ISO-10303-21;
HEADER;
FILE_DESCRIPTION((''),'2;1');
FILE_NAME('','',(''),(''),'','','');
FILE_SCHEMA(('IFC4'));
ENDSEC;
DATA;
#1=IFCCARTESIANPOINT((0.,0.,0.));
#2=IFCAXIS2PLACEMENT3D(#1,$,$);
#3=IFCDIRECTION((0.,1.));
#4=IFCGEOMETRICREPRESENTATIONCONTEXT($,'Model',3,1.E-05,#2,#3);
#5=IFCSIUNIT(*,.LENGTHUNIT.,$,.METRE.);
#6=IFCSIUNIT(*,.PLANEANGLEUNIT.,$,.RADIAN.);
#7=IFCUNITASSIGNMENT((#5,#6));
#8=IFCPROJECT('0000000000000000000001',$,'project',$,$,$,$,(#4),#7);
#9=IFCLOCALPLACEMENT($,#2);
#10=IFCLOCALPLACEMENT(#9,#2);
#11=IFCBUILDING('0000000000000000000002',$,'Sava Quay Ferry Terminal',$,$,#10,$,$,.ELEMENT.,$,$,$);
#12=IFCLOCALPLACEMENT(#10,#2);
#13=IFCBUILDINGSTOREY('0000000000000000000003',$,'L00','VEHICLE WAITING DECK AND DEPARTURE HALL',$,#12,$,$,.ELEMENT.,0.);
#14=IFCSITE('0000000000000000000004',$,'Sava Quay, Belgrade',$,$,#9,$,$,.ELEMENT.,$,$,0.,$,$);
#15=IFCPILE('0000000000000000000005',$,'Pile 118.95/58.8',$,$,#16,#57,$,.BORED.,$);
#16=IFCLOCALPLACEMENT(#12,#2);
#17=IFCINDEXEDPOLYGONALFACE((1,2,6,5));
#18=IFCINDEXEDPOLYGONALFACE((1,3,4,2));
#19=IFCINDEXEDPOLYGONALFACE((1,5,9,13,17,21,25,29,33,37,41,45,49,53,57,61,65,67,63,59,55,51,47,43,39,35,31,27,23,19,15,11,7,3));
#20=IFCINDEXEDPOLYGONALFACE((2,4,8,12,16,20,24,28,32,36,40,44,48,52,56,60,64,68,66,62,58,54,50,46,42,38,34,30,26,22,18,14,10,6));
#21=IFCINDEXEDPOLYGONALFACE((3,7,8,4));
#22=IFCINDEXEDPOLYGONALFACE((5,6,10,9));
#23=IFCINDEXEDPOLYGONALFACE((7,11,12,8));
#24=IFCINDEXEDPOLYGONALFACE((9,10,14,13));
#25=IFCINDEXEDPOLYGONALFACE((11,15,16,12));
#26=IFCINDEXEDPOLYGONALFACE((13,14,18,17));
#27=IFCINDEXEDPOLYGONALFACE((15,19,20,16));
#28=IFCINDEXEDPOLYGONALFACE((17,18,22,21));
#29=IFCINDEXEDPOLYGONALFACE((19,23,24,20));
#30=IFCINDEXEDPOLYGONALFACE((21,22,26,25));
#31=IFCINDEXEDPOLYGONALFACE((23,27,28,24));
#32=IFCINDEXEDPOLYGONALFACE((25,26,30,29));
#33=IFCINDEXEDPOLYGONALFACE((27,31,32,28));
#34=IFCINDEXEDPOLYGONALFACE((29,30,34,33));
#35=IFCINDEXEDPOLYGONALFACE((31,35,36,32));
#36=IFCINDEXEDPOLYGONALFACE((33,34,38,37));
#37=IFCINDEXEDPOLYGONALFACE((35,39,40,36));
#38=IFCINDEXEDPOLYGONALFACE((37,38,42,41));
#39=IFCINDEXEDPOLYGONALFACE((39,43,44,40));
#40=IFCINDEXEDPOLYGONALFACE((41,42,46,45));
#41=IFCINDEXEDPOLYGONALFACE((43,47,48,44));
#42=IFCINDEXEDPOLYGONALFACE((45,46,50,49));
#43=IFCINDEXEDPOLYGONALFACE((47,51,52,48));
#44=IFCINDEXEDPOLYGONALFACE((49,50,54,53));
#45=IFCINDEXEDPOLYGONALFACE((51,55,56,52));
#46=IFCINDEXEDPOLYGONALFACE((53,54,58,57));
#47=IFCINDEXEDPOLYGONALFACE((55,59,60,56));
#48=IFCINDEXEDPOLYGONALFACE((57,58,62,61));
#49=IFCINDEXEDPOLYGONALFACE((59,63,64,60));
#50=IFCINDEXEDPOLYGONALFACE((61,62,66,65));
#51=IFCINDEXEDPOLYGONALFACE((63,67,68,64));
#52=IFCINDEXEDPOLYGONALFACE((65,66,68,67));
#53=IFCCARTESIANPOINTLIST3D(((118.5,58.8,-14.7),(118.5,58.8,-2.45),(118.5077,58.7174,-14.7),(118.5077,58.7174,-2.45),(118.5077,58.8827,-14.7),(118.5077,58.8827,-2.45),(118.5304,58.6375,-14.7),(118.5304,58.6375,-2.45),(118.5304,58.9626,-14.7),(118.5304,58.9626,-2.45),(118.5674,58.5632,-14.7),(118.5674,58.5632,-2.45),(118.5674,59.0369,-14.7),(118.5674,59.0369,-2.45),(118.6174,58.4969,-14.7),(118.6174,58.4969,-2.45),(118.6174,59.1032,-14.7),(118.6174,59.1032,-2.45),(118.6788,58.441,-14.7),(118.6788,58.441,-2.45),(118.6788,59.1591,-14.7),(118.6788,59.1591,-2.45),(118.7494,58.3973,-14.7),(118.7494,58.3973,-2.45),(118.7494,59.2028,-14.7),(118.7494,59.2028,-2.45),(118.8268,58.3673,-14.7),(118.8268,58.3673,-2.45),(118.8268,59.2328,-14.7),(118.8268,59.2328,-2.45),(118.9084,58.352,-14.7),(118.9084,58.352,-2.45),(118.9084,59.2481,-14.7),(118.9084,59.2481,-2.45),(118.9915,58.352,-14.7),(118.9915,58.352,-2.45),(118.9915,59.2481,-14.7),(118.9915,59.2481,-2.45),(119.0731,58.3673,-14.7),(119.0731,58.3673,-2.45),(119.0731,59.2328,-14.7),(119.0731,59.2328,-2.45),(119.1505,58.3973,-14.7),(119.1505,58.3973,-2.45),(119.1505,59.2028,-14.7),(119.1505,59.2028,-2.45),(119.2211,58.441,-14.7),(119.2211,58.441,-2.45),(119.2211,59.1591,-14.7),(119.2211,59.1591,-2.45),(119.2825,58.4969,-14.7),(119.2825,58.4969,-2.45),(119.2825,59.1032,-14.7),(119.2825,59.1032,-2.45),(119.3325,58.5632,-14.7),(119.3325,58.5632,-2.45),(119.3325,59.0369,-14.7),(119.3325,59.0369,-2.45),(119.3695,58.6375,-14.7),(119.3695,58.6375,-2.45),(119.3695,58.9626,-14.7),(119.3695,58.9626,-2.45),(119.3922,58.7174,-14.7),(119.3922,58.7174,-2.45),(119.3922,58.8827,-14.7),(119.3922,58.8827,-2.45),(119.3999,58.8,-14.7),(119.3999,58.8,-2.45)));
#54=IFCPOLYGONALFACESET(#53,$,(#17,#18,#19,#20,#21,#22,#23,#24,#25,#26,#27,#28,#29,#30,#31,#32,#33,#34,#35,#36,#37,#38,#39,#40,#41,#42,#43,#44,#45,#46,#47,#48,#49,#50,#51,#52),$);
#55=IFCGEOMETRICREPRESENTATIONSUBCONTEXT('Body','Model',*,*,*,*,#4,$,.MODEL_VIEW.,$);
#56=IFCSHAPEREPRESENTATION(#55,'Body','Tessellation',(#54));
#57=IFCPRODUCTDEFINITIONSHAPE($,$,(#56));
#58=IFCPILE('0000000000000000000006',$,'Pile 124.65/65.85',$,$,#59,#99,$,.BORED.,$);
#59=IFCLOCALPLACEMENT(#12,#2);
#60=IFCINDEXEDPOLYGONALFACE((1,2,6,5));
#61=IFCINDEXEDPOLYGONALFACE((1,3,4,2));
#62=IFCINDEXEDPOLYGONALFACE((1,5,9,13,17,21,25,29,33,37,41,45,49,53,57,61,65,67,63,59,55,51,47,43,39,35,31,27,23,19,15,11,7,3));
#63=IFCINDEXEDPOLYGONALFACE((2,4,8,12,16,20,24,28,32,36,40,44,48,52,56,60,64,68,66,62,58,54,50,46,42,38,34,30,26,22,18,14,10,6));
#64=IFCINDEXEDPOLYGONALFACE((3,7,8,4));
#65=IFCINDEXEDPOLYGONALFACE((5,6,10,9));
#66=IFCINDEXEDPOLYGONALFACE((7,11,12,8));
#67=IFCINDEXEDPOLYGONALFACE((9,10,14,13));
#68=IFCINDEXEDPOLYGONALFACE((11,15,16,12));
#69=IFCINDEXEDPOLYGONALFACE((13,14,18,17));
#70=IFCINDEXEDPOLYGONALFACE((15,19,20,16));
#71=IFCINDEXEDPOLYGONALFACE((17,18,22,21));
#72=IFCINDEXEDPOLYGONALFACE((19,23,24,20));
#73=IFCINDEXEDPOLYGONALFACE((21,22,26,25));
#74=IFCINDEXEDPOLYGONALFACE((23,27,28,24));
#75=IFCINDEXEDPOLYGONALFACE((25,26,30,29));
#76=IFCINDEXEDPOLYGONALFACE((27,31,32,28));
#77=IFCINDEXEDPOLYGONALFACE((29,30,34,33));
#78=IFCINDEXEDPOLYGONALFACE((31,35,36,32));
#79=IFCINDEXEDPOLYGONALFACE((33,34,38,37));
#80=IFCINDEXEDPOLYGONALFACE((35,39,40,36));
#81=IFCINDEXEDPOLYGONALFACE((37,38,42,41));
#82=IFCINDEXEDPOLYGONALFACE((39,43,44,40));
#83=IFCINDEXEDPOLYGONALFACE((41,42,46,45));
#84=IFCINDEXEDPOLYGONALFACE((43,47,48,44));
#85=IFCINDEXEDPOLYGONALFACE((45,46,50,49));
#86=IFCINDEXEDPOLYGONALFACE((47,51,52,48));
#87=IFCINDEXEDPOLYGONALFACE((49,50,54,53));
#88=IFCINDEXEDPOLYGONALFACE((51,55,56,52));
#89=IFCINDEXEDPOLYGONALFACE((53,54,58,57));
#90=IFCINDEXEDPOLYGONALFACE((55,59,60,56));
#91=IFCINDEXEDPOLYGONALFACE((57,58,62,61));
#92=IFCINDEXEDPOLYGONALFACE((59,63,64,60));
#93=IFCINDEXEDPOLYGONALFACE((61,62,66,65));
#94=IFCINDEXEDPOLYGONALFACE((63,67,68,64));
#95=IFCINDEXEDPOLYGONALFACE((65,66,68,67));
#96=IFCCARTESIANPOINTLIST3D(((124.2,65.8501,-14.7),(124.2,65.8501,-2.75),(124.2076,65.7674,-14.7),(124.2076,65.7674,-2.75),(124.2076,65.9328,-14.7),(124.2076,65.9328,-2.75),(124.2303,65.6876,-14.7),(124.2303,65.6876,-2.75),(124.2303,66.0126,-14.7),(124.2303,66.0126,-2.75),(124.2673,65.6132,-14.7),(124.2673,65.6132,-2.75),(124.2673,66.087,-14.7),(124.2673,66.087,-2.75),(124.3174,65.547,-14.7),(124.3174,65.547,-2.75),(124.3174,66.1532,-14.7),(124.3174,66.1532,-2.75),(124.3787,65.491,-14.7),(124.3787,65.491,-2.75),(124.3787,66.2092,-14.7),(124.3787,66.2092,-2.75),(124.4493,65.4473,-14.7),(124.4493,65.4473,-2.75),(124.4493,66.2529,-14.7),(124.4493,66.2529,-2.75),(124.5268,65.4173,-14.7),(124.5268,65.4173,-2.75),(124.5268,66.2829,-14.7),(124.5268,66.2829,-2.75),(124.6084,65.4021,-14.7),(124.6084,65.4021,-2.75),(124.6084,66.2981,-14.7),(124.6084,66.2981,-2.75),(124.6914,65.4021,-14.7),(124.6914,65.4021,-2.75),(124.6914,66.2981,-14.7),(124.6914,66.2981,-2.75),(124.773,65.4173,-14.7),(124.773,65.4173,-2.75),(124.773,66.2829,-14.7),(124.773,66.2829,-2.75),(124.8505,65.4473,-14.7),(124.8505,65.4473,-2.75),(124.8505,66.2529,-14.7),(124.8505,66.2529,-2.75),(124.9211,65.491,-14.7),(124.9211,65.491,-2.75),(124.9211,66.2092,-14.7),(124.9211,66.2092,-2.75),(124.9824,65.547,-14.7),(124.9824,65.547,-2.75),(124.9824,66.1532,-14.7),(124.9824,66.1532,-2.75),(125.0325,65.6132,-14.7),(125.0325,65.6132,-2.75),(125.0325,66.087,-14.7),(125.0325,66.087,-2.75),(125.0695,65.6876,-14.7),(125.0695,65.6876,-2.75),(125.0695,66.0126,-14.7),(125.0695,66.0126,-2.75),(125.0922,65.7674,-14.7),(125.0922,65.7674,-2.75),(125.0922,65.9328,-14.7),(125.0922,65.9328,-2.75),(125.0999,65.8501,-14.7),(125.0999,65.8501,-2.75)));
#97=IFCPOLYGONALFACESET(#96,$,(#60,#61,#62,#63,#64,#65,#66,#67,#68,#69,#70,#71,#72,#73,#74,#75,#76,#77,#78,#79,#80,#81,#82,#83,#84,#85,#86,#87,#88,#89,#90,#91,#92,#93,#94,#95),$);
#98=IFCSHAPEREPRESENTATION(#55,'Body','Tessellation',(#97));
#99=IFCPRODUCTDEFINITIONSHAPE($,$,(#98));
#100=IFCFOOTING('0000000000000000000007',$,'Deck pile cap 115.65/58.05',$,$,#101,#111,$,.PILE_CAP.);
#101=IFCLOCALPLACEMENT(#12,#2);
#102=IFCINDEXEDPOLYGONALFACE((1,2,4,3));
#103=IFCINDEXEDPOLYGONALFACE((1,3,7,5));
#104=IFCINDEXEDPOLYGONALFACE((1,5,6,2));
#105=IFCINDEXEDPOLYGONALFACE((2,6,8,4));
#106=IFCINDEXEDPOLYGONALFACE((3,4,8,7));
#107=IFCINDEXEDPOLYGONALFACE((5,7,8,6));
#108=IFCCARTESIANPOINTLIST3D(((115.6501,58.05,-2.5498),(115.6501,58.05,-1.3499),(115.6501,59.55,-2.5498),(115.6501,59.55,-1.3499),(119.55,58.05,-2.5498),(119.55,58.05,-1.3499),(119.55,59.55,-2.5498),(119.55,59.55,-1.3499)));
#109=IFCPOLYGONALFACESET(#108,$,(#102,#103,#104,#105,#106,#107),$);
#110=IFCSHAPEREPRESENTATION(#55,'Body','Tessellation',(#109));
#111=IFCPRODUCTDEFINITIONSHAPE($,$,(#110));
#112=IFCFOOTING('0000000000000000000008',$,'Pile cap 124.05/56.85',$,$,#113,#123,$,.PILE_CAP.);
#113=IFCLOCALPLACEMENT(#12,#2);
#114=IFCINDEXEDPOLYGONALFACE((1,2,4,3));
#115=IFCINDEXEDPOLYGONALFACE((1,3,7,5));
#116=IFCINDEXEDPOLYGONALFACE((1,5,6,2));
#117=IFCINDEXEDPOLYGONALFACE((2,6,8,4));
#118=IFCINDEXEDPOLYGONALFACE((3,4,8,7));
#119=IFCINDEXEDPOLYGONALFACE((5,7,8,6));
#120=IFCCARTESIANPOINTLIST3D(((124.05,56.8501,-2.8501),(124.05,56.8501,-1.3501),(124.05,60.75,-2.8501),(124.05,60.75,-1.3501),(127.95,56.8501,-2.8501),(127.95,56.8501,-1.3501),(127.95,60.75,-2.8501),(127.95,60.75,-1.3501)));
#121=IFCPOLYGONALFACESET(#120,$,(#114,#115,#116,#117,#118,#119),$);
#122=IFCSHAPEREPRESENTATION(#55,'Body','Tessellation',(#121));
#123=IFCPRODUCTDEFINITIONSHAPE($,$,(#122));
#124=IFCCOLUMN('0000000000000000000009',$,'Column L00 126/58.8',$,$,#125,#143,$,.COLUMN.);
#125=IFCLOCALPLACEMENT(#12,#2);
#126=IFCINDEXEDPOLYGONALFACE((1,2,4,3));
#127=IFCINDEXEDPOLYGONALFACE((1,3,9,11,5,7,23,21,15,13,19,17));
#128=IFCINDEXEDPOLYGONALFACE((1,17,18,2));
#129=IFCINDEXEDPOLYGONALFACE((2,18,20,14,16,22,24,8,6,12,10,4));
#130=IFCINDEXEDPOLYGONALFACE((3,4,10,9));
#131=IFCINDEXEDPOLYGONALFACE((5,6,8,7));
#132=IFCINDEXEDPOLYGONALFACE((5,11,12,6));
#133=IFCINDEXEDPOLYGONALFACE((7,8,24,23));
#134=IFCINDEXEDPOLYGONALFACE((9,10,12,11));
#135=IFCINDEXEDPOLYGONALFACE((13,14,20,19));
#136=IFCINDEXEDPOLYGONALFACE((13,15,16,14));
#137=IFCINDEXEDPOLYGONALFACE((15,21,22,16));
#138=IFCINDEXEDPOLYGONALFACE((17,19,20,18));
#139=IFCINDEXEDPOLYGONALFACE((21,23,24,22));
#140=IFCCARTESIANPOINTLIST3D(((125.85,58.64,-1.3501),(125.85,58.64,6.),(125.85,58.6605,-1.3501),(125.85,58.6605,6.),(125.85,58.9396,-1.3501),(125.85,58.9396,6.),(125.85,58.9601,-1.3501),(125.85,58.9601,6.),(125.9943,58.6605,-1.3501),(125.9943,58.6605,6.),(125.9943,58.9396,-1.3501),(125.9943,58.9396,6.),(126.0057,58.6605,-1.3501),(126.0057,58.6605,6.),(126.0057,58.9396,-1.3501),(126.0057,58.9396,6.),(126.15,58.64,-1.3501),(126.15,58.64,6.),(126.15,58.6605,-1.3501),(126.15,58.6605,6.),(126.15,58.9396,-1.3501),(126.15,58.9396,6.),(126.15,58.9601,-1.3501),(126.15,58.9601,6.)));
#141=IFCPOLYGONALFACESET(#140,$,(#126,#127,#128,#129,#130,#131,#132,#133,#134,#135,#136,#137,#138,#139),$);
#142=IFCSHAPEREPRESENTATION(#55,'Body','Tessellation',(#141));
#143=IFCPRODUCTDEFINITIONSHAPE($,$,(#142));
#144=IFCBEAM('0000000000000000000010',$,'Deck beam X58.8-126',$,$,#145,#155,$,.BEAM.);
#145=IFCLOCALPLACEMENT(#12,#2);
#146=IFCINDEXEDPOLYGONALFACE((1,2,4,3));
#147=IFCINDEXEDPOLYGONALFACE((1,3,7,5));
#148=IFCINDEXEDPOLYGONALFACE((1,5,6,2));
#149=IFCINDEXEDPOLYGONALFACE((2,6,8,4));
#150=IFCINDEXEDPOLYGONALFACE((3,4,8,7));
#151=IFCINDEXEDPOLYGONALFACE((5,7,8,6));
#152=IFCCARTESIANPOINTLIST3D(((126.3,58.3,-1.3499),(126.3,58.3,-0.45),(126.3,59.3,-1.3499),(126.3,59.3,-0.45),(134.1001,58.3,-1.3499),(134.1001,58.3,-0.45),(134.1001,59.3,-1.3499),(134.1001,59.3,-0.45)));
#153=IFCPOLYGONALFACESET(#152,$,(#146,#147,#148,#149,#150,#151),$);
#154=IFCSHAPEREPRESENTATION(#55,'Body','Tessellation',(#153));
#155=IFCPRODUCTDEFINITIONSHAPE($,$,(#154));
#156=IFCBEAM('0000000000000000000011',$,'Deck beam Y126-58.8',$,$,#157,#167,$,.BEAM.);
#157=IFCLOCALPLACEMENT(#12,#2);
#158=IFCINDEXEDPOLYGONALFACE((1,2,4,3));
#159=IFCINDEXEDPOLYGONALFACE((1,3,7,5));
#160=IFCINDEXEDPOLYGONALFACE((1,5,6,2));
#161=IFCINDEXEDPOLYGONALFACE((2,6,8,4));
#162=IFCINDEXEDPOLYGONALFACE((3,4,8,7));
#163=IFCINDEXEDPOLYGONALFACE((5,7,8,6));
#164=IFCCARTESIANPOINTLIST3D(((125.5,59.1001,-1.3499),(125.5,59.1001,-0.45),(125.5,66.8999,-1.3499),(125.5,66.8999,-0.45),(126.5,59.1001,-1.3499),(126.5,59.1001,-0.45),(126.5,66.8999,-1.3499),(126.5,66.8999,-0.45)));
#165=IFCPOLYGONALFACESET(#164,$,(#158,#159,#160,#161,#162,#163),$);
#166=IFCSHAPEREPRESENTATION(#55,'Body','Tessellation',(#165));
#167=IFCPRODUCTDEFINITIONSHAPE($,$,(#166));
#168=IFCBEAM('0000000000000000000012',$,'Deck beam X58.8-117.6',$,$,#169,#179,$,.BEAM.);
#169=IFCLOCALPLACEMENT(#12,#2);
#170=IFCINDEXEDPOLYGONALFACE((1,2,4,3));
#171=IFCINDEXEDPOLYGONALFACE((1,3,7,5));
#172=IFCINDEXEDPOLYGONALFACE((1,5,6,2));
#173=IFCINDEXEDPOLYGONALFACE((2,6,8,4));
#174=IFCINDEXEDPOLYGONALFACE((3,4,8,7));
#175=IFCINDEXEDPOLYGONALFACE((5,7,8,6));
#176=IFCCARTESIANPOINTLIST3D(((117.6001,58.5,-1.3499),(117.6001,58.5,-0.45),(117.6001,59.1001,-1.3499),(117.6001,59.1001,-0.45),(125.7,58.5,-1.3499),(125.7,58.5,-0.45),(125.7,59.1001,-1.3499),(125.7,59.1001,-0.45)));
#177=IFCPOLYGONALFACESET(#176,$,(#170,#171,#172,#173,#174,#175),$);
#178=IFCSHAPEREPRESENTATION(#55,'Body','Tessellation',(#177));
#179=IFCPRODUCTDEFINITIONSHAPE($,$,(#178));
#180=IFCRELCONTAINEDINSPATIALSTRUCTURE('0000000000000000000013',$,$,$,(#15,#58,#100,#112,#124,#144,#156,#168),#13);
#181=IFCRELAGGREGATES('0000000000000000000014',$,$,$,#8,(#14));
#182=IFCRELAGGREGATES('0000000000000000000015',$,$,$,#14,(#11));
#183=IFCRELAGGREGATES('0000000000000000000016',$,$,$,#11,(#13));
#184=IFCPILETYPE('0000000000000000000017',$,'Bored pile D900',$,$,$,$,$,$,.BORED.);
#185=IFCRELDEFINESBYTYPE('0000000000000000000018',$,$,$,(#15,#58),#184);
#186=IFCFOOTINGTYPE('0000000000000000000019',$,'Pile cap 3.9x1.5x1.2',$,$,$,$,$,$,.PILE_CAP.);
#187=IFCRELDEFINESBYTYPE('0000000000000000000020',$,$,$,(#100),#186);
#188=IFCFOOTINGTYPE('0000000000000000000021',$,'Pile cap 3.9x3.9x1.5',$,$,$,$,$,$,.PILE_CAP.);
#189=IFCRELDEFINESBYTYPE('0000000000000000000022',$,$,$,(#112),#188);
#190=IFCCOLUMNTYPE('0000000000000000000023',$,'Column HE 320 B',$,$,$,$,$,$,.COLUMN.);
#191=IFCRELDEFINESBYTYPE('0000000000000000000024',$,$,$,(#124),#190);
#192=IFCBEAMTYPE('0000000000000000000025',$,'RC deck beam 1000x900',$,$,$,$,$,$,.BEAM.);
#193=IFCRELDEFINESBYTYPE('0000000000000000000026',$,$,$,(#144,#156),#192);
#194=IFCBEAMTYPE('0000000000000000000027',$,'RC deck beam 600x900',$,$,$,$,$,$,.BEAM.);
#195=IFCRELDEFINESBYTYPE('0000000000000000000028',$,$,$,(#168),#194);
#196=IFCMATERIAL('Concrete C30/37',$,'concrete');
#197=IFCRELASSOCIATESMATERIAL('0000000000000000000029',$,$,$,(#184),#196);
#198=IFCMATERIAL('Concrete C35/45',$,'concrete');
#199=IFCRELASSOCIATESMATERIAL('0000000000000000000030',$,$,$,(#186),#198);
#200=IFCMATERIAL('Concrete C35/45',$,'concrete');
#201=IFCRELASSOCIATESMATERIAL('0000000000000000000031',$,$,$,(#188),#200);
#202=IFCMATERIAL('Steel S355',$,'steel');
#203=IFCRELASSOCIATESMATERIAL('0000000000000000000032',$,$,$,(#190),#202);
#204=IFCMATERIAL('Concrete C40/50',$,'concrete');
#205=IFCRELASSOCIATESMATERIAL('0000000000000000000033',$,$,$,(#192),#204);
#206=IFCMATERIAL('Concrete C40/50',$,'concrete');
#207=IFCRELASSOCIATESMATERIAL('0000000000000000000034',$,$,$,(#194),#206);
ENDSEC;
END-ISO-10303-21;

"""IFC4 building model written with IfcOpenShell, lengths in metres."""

from ifc_helpers import new_model, si_unit, direction, frame, origin, origin_2d, place, context, subcontext, project, spatial, rectangle, circle, i_section, extrude, material, material_profile, profile_set, type_object, element, save


model = new_model("IFC4")

# Units and contexts
model_context = context("Model", 3, precision=1e-05, world=origin(), true_north=direction((0.0, 1.0)))
body_context = subcontext(model_context, "Body", "Model", "MODEL_VIEW")
ifc_project = project(units=[si_unit("LENGTHUNIT", "METRE"), si_unit("PLANEANGLEUNIT", "RADIAN")], contexts=[model_context])

# Site, building, storey
site_placement = place(None, origin())
site = spatial("IfcSite", under=ifc_project, at=site_placement, Name="Sava Quay, Belgrade", CompositionType="ELEMENT", RefElevation=0.0)
building_placement = place(site_placement, origin())
building = spatial("IfcBuilding", under=site, at=building_placement, Name="Sava Quay Ferry Terminal", CompositionType="ELEMENT")
storey_placement = place(building_placement, origin())
storey = spatial("IfcBuildingStorey", under=building, at=storey_placement, Name="L00", Description="VEHICLE WAITING DECK AND DEPARTURE HALL", CompositionType="ELEMENT", Elevation=0.0)

# Piles
ifc_material_1 = material(Name="Concrete C30/37", Category="concrete")
ifc_material_profile_1 = material_profile(ifc_material_1, circle(Radius=0.45, at=origin_2d()), Name="Bored pile D900")
ifc_profile_set_1 = profile_set([ifc_material_profile_1], Name="Concrete C30/37")
pile_type = type_object("IfcPileType", Name="Bored pile D900", PredefinedType="BORED", material=ifc_profile_set_1)
for number, where, z_axis, x_axis, name in (
    (1, (118.95, 58.8, -2.45), (0.0, 0.0, -1.0), (1.0, 0.0, 0.0), "Pile 118.95/58.8"),
):
    element("IfcPile", number, at=place(storey_placement, frame(where, z_axis=z_axis, x_axis=x_axis)), inside=storey, type_object=pile_type, Name=name, PredefinedType="BORED", context=body_context, shape_type="SweptSolid", body=[
        extrude(circle(Radius=0.45, at=origin_2d()), origin(), (0.0, 0.0, 1.0), 12.25),
    ])
pile_placement = place(storey_placement, frame((124.6499, 65.8501, -2.75), z_axis=(0.0, 0.0, -1.0), x_axis=(1.0, 0.0, 0.0)))
element("IfcPile", 2, at=pile_placement, inside=storey, type_object=pile_type, Name="Pile 124.65/65.85", PredefinedType="BORED", context=body_context, shape_type="SweptSolid", body=[
    extrude(circle(Radius=0.45, at=origin_2d()), origin(), (0.0, 0.0, 1.0), 11.95),
])

# Footings
ifc_material_2 = material(Name="Concrete C35/45", Category="concrete")
footing_type_1 = type_object("IfcFootingType", Name="Pile cap 3.9x1.5x1.2", PredefinedType="PILE_CAP", material=ifc_material_2)
footing_1_placement = place(storey_placement, frame((117.6001, 58.8, -2.5498), z_axis=(0.0, 0.0, 1.0), x_axis=(1.0, 0.0, 0.0)))
element("IfcFooting", 3, at=footing_1_placement, inside=storey, type_object=footing_type_1, Name="Deck pile cap 115.65/58.05", PredefinedType="PILE_CAP", context=body_context, shape_type="SweptSolid", body=[
    extrude(rectangle(XDim=3.8999, YDim=1.5, at=origin_2d()), origin(), (0.0, 0.0, 1.0), 1.2),
])
ifc_material_3 = material(Name="Concrete C35/45", Category="concrete")
footing_type_2 = type_object("IfcFootingType", Name="Pile cap 3.9x3.9x1.5", PredefinedType="PILE_CAP", material=ifc_material_3)
footing_2_placement = place(storey_placement, frame((126.0, 58.8, -2.8501), z_axis=(0.0, 0.0, 1.0), x_axis=(1.0, 0.0, 0.0)))
element("IfcFooting", 4, at=footing_2_placement, inside=storey, type_object=footing_type_2, Name="Pile cap 124.05/56.85", PredefinedType="PILE_CAP", context=body_context, shape_type="SweptSolid", body=[
    extrude(rectangle(XDim=3.8999, YDim=3.8999, at=origin_2d()), origin(), (0.0, 0.0, 1.0), 1.5),
])

# Column
ifc_material_4 = material(Name="Steel S355", Category="steel")
ifc_material_profile_2 = material_profile(ifc_material_4, i_section(OverallWidth=0.3, OverallDepth=0.3201, WebThickness=0.0115, FlangeThickness=0.0205, at=origin_2d()), Name="HE 320 B")
ifc_profile_set_2 = profile_set([ifc_material_profile_2], Name="Steel S355")
column_type = type_object("IfcColumnType", Name="Column HE 320 B", PredefinedType="COLUMN", material=ifc_profile_set_2)
column_placement = place(storey_placement, frame((126.0, 58.8, -1.3501), z_axis=(0.0, 0.0, 1.0), x_axis=(1.0, 0.0, 0.0)))
element("IfcColumn", 5, at=column_placement, inside=storey, type_object=column_type, Name="Column L00 126/58.8", PredefinedType="COLUMN", context=body_context, shape_type="SweptSolid", body=[
    extrude(i_section(OverallWidth=0.3, OverallDepth=0.3201, WebThickness=0.0115, FlangeThickness=0.0205, at=origin_2d()), origin(), (0.0, 0.0, 1.0), 7.3501),
])

# Beams
ifc_material_5 = material(Name="Concrete C40/50", Category="concrete")
ifc_material_profile_3 = material_profile(ifc_material_5, rectangle(XDim=1.0, YDim=0.8999, at=origin_2d()), Name="RC 1000x900")
ifc_profile_set_3 = profile_set([ifc_material_profile_3], Name="Concrete C40/50")
beam_type_1 = type_object("IfcBeamType", Name="RC deck beam 1000x900", PredefinedType="BEAM", material=ifc_profile_set_3)
beam_1_placement = place(storey_placement, frame((126.3, 58.8, -0.8999), z_axis=(1.0, 0.0, 0.0), x_axis=(0.0, 1.0, 0.0)))
element("IfcBeam", 6, at=beam_1_placement, inside=storey, type_object=beam_type_1, Name="Deck beam X58.8-126", PredefinedType="BEAM", context=body_context, shape_type="SweptSolid", body=[
    extrude(rectangle(XDim=1.0, YDim=0.8999, at=origin_2d()), origin(), (0.0, 0.0, 1.0), 7.8),
])
beam_2_placement = place(storey_placement, frame((126.0, 59.1001, -0.8999), z_axis=(0.0, 1.0, 0.0), x_axis=(-1.0, 0.0, 0.0)))
element("IfcBeam", 7, at=beam_2_placement, inside=storey, type_object=beam_type_1, Name="Deck beam Y126-58.8", PredefinedType="BEAM", context=body_context, shape_type="SweptSolid", body=[
    extrude(rectangle(XDim=1.0, YDim=0.8999, at=origin_2d()), origin(), (0.0, 0.0, 1.0), 7.7998),
])
ifc_material_6 = material(Name="Concrete C40/50", Category="concrete")
ifc_material_profile_4 = material_profile(ifc_material_6, rectangle(XDim=0.6001, YDim=0.8999, at=origin_2d()), Name="RC 600x900")
ifc_profile_set_4 = profile_set([ifc_material_profile_4], Name="Concrete C40/50")
beam_type_2 = type_object("IfcBeamType", Name="RC deck beam 600x900", PredefinedType="BEAM", material=ifc_profile_set_4)
beam_3_placement = place(storey_placement, frame((117.6001, 58.8, -0.8999), z_axis=(1.0, 0.0, 0.0), x_axis=(0.0, 1.0, 0.0)))
element("IfcBeam", 8, at=beam_3_placement, inside=storey, type_object=beam_type_2, Name="Deck beam X58.8-117.6", PredefinedType="BEAM", context=body_context, shape_type="SweptSolid", body=[
    extrude(rectangle(XDim=0.6001, YDim=0.8999, at=origin_2d()), origin(), (0.0, 0.0, 1.0), 8.0999),
])

save(model, "model.ifc")
